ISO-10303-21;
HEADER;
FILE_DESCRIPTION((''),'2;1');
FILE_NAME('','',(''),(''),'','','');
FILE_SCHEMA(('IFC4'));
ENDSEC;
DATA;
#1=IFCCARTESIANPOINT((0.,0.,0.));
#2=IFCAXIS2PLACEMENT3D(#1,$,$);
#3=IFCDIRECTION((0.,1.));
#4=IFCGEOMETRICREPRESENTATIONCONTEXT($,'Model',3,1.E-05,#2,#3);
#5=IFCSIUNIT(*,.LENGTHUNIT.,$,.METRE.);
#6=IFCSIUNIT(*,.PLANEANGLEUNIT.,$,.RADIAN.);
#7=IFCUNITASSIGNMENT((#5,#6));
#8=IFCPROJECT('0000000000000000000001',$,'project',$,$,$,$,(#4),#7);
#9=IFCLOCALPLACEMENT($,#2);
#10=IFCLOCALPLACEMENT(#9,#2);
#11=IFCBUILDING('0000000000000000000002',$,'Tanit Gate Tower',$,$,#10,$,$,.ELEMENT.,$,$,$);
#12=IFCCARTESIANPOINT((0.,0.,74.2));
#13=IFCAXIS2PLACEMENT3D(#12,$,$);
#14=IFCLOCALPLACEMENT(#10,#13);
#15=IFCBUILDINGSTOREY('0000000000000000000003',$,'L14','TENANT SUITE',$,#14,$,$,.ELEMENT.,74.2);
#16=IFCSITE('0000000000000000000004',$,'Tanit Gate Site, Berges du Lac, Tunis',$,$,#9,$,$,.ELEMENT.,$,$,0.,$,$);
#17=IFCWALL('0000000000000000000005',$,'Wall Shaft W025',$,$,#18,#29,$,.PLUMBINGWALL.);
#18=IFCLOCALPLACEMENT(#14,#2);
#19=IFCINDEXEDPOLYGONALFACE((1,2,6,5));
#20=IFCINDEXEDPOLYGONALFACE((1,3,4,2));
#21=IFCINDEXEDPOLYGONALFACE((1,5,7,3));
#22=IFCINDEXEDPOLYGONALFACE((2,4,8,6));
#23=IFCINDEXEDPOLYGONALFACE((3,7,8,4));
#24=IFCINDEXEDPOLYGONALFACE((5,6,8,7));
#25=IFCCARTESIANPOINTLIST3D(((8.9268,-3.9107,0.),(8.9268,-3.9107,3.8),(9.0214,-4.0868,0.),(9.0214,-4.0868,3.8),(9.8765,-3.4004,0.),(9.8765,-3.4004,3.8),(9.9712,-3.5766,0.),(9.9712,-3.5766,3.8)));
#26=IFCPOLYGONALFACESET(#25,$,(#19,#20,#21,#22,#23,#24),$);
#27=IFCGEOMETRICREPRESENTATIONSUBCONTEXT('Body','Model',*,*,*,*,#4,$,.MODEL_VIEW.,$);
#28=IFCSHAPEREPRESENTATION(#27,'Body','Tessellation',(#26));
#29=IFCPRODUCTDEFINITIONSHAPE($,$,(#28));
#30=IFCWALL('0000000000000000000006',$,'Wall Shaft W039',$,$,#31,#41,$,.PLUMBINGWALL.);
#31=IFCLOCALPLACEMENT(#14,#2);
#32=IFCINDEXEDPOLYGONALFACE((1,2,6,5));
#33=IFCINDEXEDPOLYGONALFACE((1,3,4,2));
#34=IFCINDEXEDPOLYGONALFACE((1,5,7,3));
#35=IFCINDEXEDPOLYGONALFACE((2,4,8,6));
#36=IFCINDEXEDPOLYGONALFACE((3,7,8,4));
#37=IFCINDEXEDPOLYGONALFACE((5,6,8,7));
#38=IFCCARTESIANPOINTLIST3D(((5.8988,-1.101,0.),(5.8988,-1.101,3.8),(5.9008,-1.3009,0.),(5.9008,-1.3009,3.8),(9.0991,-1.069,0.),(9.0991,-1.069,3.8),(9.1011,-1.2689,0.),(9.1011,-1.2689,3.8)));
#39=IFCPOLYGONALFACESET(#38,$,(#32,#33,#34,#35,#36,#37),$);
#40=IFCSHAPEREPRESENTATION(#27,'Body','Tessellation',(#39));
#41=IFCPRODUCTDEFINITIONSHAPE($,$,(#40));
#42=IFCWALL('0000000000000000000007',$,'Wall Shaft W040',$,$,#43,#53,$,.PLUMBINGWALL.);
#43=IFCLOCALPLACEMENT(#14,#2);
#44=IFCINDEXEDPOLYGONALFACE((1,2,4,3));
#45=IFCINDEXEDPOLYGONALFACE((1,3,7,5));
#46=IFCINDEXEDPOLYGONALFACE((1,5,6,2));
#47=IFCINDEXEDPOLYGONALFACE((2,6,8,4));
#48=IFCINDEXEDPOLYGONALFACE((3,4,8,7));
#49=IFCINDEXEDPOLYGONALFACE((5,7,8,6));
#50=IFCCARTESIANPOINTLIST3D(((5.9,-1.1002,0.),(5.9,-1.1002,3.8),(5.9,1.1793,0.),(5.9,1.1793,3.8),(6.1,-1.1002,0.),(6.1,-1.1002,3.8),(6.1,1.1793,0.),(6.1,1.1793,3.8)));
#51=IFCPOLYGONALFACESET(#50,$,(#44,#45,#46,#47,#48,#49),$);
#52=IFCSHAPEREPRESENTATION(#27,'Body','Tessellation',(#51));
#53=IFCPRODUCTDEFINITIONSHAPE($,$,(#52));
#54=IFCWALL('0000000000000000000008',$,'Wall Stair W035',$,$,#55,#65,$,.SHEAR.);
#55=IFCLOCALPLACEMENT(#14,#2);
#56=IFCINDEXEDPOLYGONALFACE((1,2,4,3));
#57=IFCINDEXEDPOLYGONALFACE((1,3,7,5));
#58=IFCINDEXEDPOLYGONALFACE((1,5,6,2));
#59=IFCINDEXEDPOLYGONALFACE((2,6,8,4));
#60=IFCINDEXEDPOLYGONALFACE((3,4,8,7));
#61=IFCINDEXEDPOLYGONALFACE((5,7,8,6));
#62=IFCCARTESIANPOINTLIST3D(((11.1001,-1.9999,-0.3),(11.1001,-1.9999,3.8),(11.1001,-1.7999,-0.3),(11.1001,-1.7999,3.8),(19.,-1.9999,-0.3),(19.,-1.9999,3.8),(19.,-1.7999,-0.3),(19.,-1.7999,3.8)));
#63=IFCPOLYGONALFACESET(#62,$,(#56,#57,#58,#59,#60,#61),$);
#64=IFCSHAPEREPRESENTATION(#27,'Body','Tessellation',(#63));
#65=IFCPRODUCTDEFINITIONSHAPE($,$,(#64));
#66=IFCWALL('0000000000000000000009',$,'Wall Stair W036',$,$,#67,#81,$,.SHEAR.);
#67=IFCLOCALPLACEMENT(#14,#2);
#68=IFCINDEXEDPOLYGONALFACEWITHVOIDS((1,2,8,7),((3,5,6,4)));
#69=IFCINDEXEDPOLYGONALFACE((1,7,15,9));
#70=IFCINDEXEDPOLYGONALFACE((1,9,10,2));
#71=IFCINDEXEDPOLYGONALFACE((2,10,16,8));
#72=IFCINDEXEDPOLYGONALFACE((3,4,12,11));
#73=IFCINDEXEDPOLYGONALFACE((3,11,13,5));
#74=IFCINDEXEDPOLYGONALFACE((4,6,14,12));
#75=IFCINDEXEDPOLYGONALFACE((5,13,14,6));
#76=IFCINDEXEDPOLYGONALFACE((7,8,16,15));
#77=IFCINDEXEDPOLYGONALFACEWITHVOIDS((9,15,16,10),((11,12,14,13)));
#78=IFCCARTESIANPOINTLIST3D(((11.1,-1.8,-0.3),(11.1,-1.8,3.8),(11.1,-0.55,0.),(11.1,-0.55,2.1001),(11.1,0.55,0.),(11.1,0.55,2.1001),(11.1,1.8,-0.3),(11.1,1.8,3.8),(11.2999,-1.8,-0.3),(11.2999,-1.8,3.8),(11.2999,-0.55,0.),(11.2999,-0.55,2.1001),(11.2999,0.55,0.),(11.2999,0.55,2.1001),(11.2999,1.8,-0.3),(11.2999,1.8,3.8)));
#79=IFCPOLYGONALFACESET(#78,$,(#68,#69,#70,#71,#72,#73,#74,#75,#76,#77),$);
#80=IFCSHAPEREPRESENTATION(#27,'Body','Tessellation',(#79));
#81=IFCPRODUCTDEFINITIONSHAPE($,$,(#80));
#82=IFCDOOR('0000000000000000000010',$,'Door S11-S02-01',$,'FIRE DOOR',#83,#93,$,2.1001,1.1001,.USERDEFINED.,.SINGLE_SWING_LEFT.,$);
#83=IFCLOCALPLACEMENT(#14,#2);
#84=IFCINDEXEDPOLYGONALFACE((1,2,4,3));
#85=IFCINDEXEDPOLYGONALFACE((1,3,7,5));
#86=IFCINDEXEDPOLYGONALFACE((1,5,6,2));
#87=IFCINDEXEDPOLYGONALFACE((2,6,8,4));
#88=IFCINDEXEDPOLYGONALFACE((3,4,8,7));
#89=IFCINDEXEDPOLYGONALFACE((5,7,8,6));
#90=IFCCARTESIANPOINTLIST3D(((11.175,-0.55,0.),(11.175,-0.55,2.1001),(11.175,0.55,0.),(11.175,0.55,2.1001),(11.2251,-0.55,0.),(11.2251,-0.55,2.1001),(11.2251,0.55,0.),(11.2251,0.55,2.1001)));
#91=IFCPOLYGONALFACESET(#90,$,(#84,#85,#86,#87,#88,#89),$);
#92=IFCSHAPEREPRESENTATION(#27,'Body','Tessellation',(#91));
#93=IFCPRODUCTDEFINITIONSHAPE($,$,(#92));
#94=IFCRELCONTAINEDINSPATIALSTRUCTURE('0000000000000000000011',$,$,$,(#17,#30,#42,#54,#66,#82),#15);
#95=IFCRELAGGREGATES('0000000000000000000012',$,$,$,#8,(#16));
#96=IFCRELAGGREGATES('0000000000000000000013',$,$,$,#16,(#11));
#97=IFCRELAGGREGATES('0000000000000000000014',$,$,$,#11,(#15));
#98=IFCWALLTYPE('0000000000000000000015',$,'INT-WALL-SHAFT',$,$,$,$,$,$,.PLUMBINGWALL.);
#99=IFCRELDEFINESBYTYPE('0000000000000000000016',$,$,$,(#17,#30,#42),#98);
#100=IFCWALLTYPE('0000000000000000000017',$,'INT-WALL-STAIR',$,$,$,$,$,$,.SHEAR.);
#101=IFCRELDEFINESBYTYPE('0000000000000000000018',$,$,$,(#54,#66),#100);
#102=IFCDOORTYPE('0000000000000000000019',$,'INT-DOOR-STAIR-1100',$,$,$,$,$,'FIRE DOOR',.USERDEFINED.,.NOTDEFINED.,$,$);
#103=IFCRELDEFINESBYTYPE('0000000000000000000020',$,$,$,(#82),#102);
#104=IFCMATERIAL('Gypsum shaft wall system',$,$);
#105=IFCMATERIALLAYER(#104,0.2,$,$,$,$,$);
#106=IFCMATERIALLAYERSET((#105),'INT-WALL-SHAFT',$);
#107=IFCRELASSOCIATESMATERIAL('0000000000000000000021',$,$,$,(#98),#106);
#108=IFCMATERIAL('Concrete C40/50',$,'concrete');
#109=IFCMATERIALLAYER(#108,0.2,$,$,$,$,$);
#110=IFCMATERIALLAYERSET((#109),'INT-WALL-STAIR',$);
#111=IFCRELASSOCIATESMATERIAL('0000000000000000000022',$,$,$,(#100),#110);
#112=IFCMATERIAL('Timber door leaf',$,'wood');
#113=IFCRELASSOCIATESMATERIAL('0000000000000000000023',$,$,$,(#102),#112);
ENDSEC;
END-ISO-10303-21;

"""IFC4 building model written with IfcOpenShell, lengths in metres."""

from ifc_helpers import new_model, si_unit, direction, frame, frame_2d, origin, place, context, subcontext, project, spatial, rectangle, extrude, material, layer, layer_set, type_object, element, fill, save


model = new_model("IFC4")

# Units and contexts
model_context = context("Model", 3, precision=1e-05, world=origin(), true_north=direction((0.0, 1.0)))
body_context = subcontext(model_context, "Body", "Model", "MODEL_VIEW")
ifc_project = project(units=[si_unit("LENGTHUNIT", "METRE"), si_unit("PLANEANGLEUNIT", "RADIAN")], contexts=[model_context])

# Site, building, storey
site_placement = place(None, origin())
site = spatial("IfcSite", under=ifc_project, at=site_placement, Name="Tanit Gate Site, Berges du Lac, Tunis", CompositionType="ELEMENT", RefElevation=0.0)
building_placement = place(site_placement, origin())
building = spatial("IfcBuilding", under=site, at=building_placement, Name="Tanit Gate Tower", CompositionType="ELEMENT")
storey_placement = place(building_placement, frame((0.0, 0.0, 74.2)))
storey = spatial("IfcBuildingStorey", under=building, at=storey_placement, Name="L14", Description="TENANT SUITE", CompositionType="ELEMENT", Elevation=74.2)

# Walls
ifc_material_1 = material(Name="Gypsum shaft wall system")
ifc_layer_1 = layer(ifc_material_1, 0.2)
ifc_layer_set_1 = layer_set([ifc_layer_1], Name="INT-WALL-SHAFT")
wall_type_1 = type_object("IfcWallType", Name="INT-WALL-SHAFT", PredefinedType="PLUMBINGWALL", material=ifc_layer_set_1)
wall_1_placement = place(storey_placement, frame((8.9741, -3.9988, 0.0), z_axis=(0.0, 0.0, 1.0), x_axis=(0.880907, 0.473289, 0.0)))
element("IfcWall", 1, at=wall_1_placement, inside=storey, type_object=wall_type_1, Name="Wall Shaft W025", PredefinedType="PLUMBINGWALL", context=body_context, shape_type="SweptSolid", body=[
    extrude(rectangle(XDim=1.0781, YDim=0.2, at=frame_2d((0.5391, 0.0))), origin(), (0.0, 0.0, 1.0), 3.8),
])
wall_2_placement = place(storey_placement, frame((5.8999, -1.2009, 0.0), z_axis=(0.0, 0.0, 1.0), x_axis=(0.99995, 0.009993, 0.0)))
element("IfcWall", 2, at=wall_2_placement, inside=storey, type_object=wall_type_1, Name="Wall Shaft W039", PredefinedType="PLUMBINGWALL", context=body_context, shape_type="SweptSolid", body=[
    extrude(rectangle(XDim=3.2004, YDim=0.2, at=frame_2d((1.6001, 0.0))), origin(), (0.0, 0.0, 1.0), 3.8),
])
wall_3_placement = place(storey_placement, frame((6.0, -1.1001, 0.0), z_axis=(0.0, 0.0, 1.0), x_axis=(0.0, 1.0, 0.0)))
element("IfcWall", 3, at=wall_3_placement, inside=storey, type_object=wall_type_1, Name="Wall Shaft W040", PredefinedType="PLUMBINGWALL", context=body_context, shape_type="SweptSolid", body=[
    extrude(rectangle(XDim=2.2795, YDim=0.2, at=frame_2d((1.1396, 0.0))), origin(), (0.0, 0.0, 1.0), 3.8),
])
ifc_material_2 = material(Name="Concrete C40/50", Category="concrete")
ifc_layer_2 = layer(ifc_material_2, 0.2)
ifc_layer_set_2 = layer_set([ifc_layer_2], Name="INT-WALL-STAIR")
wall_type_2 = type_object("IfcWallType", Name="INT-WALL-STAIR", PredefinedType="SHEAR", material=ifc_layer_set_2)
wall_4_placement = place(storey_placement, frame((11.1001, -1.8999, -0.3), z_axis=(0.0, 0.0, 1.0), x_axis=(1.0, 0.0, 0.0)))
element("IfcWall", 4, at=wall_4_placement, inside=storey, type_object=wall_type_2, Name="Wall Stair W035", PredefinedType="SHEAR", context=body_context, shape_type="SweptSolid", body=[
    extrude(rectangle(XDim=7.8999, YDim=0.2, at=frame_2d((3.95, 0.0))), origin(), (0.0, 0.0, 1.0), 4.1001),
])

# Wall, opening, door
wall_5_placement = place(storey_placement, frame((11.2, -1.8, -0.3), z_axis=(0.0, 0.0, 1.0), x_axis=(0.0, 1.0, 0.0)))
wall_5 = element("IfcWall", 5, at=wall_5_placement, inside=storey, type_object=wall_type_2, Name="Wall Stair W036", PredefinedType="SHEAR", context=body_context, shape_type="SweptSolid", body=[
    extrude(rectangle(XDim=3.6001, YDim=0.2, at=frame_2d((1.8, 0.0))), origin(), (0.0, 0.0, 1.0), 4.1001),
])
opening_1_placement = place(wall_5_placement, frame((1.25, 0.0, 0.3)))
opening_1 = element("IfcOpeningElement", 6, at=opening_1_placement, cuts=wall_5, PredefinedType="OPENING", context=body_context, shape_type="SweptSolid", body=[
    extrude(rectangle(XDim=1.1001, YDim=2.1001, at=frame_2d((0.55, 1.05))), frame((0.0, 0.1099, 0.0), z_axis=(0.0, -1.0, 0.0), x_axis=(1.0, 0.0, 0.0)), (0.0, 0.0, 1.0), 0.22),
])
ifc_material_3 = material(Name="Timber door leaf", Category="wood")
door_type_1 = type_object("IfcDoorType", Name="INT-DOOR-STAIR-1100", ElementType="FIRE DOOR", OperationType="NOTDEFINED", PredefinedType="USERDEFINED", material=ifc_material_3)
door_1_placement = place(opening_1_placement, origin())
door_1 = element("IfcDoor", 7, at=door_1_placement, inside=storey, type_object=door_type_1, Name="Door S11-S02-01", ObjectType="FIRE DOOR", OperationType="SINGLE_SWING_LEFT", OverallHeight=2.1001, OverallWidth=1.1001, PredefinedType="USERDEFINED", context=body_context, shape_type="SweptSolid", body=[
    extrude(rectangle(XDim=1.1001, YDim=2.1001, at=frame_2d((0.55, 1.05))), frame((0.0, 0.0249, 0.0), z_axis=(0.0, -1.0, 0.0), x_axis=(1.0, 0.0, 0.0)), (0.0, 0.0, 1.0), 0.05),
])
fill(opening_1, door_1)

save(model, "model.ifc")
